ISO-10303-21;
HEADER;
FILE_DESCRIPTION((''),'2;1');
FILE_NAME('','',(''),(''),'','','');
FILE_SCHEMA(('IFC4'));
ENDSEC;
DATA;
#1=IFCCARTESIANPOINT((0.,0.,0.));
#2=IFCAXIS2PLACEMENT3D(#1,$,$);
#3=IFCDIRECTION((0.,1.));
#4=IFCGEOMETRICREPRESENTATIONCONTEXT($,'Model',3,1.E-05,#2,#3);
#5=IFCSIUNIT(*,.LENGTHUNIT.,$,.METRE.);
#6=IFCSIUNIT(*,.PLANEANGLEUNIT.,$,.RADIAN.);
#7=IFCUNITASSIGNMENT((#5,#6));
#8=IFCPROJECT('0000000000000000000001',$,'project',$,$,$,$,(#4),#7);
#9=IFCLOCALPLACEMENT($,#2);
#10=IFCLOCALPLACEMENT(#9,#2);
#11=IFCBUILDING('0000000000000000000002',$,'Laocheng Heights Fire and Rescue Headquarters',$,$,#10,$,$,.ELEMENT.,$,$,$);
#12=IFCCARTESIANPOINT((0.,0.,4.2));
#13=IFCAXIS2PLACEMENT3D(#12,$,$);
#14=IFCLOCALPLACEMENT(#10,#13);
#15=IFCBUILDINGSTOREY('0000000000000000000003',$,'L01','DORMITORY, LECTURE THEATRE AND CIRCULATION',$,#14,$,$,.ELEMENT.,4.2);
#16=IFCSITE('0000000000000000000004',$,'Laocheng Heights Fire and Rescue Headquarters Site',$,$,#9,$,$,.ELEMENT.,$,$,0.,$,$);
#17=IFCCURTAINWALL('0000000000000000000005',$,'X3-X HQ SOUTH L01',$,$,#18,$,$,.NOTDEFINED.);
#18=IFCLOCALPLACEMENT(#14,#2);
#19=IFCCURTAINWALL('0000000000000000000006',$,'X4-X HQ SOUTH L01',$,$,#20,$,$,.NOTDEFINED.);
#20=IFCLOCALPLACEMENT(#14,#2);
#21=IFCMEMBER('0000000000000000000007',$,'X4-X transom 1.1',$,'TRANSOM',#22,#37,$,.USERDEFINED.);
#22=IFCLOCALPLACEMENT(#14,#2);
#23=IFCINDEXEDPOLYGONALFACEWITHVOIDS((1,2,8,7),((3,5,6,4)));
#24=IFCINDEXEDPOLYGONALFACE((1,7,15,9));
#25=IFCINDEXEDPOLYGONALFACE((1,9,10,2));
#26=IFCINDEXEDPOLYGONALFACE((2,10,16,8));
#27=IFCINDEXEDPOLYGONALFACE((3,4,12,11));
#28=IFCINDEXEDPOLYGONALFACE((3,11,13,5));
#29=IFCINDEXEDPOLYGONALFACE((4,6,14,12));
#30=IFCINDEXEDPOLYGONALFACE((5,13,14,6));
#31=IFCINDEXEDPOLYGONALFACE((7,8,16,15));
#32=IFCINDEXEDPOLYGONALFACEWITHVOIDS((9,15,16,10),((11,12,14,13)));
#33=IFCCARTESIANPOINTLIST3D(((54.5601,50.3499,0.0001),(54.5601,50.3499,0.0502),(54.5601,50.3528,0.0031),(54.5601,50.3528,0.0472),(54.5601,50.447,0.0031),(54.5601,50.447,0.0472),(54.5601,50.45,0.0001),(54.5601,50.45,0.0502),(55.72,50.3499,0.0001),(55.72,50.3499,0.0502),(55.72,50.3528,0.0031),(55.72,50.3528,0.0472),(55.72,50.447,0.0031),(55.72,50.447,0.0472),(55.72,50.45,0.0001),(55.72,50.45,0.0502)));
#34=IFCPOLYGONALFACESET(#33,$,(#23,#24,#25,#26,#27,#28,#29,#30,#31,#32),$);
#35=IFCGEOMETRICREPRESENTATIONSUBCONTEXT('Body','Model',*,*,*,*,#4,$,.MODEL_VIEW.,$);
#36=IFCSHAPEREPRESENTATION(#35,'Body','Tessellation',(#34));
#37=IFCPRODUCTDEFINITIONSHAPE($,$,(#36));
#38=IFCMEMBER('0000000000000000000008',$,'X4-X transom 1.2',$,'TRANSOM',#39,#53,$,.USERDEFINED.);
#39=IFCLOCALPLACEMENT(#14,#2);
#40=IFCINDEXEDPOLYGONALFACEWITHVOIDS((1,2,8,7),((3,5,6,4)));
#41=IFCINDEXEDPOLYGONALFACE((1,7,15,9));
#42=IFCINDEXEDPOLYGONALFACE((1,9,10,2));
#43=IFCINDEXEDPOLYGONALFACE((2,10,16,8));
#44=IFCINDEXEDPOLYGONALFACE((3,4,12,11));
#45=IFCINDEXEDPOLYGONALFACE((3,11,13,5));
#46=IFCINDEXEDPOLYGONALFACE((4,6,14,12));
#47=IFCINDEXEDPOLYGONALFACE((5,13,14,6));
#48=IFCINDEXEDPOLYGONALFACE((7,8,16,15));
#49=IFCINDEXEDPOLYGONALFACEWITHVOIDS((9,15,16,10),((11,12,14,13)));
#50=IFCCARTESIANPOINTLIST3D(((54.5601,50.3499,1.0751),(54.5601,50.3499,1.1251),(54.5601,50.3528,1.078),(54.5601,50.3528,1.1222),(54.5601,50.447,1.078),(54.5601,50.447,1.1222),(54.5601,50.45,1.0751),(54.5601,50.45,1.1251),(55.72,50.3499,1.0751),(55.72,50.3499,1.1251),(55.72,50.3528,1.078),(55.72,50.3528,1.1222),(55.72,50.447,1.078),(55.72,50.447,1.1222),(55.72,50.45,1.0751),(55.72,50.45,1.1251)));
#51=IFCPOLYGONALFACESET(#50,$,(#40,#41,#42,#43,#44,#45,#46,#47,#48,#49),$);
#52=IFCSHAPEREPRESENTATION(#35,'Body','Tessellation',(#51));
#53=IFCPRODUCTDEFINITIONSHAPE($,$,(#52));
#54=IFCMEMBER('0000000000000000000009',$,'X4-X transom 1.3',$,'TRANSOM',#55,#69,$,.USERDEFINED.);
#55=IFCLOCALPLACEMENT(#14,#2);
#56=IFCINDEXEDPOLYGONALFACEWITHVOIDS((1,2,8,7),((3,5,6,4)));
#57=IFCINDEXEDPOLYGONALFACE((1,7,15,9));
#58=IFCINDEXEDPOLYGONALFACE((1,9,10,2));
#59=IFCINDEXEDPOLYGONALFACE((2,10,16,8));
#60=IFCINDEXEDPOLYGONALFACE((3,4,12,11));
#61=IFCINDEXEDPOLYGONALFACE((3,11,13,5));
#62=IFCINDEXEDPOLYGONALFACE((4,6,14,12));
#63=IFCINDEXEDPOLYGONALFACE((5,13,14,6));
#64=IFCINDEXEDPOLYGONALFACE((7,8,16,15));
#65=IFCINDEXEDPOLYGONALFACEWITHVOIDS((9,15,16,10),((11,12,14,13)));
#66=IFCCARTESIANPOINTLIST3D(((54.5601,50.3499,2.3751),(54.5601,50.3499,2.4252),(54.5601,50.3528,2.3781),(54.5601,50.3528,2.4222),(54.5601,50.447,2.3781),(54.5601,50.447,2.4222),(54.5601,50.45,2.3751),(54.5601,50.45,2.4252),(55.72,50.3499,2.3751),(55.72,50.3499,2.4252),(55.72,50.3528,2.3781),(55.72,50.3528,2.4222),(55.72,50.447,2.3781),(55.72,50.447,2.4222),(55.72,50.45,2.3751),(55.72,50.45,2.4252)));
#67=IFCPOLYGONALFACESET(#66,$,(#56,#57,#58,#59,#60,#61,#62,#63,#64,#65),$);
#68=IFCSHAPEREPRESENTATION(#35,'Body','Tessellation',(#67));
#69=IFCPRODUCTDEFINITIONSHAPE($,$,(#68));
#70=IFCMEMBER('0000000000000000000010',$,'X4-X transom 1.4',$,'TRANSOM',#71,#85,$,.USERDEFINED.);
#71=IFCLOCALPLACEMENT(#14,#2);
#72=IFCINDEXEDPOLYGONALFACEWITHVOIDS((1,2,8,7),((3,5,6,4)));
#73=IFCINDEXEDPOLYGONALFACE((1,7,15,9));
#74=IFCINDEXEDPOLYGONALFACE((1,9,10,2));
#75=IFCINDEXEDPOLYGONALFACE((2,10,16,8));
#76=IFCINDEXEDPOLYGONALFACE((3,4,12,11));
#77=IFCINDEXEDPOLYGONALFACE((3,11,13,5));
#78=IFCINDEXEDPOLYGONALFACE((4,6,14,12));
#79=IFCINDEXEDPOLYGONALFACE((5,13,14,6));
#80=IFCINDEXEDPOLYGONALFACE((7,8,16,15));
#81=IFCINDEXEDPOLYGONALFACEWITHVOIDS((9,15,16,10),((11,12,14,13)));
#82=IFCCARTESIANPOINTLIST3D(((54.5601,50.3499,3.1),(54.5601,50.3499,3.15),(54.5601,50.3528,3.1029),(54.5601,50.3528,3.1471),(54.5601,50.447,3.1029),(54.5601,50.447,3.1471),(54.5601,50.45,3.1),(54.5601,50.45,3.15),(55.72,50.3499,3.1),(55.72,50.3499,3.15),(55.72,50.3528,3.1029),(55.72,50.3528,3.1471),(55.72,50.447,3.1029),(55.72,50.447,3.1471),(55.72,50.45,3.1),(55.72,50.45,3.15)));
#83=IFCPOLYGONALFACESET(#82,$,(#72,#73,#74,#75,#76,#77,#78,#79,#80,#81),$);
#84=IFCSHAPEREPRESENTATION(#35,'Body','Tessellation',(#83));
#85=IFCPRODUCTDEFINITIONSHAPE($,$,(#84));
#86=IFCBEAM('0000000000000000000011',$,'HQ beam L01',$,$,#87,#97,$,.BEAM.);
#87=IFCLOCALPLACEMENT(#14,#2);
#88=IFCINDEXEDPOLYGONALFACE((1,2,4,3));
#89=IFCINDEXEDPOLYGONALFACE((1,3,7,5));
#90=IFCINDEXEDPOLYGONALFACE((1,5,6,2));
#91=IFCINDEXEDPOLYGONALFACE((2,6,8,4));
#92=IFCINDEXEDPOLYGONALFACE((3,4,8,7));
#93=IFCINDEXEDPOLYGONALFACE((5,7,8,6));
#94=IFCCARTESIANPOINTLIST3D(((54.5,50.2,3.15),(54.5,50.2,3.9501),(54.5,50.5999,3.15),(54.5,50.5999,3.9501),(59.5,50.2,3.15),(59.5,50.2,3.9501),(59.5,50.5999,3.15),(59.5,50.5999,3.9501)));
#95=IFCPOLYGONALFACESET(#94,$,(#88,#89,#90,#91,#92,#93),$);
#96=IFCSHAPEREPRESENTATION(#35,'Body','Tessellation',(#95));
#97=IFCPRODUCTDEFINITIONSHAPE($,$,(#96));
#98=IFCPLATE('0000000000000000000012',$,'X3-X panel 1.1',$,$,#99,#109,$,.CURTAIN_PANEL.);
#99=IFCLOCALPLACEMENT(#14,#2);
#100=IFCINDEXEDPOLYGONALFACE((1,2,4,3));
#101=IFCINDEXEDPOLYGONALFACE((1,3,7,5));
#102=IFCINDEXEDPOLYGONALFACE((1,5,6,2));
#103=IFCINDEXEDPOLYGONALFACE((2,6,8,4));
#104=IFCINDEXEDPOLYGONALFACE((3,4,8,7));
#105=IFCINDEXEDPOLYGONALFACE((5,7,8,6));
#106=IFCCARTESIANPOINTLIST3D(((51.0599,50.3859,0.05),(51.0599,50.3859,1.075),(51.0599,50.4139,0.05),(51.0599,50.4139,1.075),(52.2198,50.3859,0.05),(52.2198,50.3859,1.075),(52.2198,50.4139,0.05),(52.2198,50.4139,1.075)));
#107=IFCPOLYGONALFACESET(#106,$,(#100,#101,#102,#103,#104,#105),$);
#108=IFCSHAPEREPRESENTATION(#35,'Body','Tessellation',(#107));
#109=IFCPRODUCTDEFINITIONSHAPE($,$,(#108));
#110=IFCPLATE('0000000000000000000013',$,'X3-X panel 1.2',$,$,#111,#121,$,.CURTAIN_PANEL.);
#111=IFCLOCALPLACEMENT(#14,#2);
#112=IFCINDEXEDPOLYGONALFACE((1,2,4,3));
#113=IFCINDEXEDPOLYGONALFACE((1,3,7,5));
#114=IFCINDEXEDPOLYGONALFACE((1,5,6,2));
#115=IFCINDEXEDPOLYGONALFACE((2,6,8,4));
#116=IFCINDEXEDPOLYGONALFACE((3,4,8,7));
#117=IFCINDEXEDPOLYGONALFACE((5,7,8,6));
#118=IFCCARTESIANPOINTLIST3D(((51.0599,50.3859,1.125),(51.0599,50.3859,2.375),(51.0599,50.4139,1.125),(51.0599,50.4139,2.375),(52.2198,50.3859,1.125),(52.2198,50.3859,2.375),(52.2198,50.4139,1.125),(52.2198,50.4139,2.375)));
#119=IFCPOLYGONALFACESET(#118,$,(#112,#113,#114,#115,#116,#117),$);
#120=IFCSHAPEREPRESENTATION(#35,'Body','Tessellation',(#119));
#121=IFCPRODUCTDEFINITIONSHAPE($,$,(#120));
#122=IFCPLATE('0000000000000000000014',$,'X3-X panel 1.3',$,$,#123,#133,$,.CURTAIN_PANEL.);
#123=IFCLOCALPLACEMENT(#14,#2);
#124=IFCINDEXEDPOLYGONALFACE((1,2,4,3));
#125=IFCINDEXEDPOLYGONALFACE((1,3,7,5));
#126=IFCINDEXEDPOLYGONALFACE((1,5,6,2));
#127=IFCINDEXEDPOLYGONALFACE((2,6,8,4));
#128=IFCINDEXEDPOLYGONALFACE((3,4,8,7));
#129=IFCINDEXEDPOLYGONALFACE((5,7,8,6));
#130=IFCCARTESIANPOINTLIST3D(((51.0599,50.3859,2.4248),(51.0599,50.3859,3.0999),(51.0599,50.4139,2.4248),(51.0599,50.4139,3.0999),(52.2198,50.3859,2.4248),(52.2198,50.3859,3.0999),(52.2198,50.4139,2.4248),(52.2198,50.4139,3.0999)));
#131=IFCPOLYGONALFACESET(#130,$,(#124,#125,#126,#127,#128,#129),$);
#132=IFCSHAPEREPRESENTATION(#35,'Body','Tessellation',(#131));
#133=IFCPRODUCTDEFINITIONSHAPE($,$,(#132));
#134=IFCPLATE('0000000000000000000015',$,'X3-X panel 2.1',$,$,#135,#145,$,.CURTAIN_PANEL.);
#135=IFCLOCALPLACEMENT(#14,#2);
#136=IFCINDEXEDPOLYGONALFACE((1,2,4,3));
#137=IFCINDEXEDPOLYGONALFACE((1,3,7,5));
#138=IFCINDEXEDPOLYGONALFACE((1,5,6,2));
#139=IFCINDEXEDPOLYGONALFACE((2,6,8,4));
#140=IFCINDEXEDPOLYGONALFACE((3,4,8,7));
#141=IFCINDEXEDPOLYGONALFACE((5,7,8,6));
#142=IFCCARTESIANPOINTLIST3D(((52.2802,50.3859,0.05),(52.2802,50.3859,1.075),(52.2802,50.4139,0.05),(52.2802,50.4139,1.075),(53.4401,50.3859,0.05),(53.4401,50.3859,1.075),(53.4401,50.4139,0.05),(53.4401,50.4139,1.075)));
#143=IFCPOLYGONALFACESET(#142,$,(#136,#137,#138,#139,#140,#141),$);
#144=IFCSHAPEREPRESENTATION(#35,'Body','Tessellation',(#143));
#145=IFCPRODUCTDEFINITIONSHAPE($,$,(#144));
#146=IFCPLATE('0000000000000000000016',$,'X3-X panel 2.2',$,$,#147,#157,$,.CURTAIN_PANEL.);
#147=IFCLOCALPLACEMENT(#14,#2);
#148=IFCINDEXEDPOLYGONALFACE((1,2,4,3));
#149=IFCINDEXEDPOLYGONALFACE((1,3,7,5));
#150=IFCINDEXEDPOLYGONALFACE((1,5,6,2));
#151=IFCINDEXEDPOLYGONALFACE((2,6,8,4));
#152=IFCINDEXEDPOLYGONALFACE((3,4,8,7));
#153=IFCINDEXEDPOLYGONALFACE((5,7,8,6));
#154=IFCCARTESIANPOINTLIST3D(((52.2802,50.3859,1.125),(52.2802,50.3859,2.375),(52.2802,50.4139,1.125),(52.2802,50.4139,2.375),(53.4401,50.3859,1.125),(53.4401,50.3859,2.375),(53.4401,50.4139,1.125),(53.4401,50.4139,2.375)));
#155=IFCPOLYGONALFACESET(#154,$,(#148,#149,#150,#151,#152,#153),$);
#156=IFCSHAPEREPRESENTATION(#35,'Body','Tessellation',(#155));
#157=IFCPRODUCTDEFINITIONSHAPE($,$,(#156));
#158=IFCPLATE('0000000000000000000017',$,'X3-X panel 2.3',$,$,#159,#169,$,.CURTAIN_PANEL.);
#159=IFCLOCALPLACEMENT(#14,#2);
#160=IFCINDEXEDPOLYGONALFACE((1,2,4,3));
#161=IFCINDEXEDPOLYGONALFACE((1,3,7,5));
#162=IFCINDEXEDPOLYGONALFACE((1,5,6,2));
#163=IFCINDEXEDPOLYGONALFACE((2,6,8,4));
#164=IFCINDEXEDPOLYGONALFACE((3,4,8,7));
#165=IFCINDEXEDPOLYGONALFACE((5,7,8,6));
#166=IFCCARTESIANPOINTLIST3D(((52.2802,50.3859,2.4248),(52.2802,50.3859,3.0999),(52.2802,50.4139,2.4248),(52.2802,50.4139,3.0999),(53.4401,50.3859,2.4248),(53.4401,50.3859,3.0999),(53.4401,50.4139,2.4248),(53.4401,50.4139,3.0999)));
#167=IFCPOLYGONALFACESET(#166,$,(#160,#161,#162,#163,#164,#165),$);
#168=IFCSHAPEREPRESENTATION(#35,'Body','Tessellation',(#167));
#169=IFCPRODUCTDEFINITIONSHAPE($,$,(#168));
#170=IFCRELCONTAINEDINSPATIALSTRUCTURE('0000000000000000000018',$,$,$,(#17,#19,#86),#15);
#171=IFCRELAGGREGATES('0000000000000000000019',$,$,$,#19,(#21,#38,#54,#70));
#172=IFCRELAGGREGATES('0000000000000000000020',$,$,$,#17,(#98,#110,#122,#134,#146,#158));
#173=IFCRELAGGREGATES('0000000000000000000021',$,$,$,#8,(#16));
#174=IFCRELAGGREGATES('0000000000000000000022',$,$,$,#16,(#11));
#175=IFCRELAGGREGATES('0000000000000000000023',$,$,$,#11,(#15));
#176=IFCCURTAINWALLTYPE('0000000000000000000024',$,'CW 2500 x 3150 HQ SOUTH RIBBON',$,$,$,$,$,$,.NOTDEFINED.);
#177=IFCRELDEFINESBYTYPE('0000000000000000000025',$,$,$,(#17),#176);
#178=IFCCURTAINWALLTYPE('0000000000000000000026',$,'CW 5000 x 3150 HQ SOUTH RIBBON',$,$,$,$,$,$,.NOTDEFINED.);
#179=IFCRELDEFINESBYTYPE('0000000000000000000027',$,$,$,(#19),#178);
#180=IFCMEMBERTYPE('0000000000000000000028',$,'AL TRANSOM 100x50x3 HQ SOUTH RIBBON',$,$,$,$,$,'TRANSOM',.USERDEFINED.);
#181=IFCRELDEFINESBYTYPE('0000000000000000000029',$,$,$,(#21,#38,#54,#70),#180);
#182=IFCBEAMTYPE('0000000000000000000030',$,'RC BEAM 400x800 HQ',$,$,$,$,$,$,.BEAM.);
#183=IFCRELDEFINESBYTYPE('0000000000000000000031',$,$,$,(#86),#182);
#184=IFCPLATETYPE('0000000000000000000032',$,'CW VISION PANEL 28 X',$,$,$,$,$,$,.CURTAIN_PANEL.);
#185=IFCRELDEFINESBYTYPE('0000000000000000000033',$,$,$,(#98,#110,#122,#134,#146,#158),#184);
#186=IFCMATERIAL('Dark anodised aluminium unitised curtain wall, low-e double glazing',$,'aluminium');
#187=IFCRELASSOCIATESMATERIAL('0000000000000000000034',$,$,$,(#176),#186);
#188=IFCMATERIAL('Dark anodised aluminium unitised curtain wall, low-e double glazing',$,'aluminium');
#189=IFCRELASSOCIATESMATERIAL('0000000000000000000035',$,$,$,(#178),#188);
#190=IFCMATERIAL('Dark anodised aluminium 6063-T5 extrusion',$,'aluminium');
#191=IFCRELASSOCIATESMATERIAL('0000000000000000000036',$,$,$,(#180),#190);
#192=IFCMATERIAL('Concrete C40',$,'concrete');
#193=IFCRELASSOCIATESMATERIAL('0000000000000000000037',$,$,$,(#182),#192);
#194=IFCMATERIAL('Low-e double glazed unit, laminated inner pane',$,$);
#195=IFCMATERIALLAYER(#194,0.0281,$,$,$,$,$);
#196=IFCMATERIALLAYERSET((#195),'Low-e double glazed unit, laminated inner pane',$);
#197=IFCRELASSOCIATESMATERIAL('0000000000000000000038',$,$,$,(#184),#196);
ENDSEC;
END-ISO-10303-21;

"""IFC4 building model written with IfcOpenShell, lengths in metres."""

from ifc_helpers import new_model, si_unit, direction, frame, origin, origin_2d, place, context, subcontext, project, spatial, rectangle, hollow_rectangle, extrude, material, layer, layer_set, material_profile, profile_set, type_object, element, aggregate, save


model = new_model("IFC4")

# Units and contexts
model_context = context("Model", 3, precision=1e-05, world=origin(), true_north=direction((0.0, 1.0)))
body_context = subcontext(model_context, "Body", "Model", "MODEL_VIEW")
ifc_project = project(units=[si_unit("LENGTHUNIT", "METRE"), si_unit("PLANEANGLEUNIT", "RADIAN")], contexts=[model_context])

# Site, building, storey
site_placement = place(None, origin())
site = spatial("IfcSite", under=ifc_project, at=site_placement, Name="Laocheng Heights Fire and Rescue Headquarters Site", CompositionType="ELEMENT", RefElevation=0.0)
building_placement = place(site_placement, origin())
building = spatial("IfcBuilding", under=site, at=building_placement, Name="Laocheng Heights Fire and Rescue Headquarters", CompositionType="ELEMENT")
storey_placement = place(building_placement, frame((0.0, 0.0, 4.2)))
storey = spatial("IfcBuildingStorey", under=building, at=storey_placement, Name="L01", Description="DORMITORY, LECTURE THEATRE AND CIRCULATION", CompositionType="ELEMENT", Elevation=4.2)

# Curtain wall
ifc_material_1 = material(Name="Dark anodised aluminium unitised curtain wall, low-e double glazing", Category="aluminium")
curtain_wall_type_1 = type_object("IfcCurtainWallType", Name="CW 2500 x 3150 HQ SOUTH RIBBON", PredefinedType="NOTDEFINED", material=ifc_material_1)
curtain_wall_1_placement = place(storey_placement, origin())
curtain_wall_1 = element("IfcCurtainWall", 1, at=curtain_wall_1_placement, inside=storey, type_object=curtain_wall_type_1, Name="X3-X HQ SOUTH L01", PredefinedType="NOTDEFINED")

# Curtain wall
ifc_material_2 = material(Name="Dark anodised aluminium unitised curtain wall, low-e double glazing", Category="aluminium")
curtain_wall_type_2 = type_object("IfcCurtainWallType", Name="CW 5000 x 3150 HQ SOUTH RIBBON", PredefinedType="NOTDEFINED", material=ifc_material_2)
curtain_wall_2_placement = place(storey_placement, origin())
curtain_wall_2 = element("IfcCurtainWall", 2, at=curtain_wall_2_placement, inside=storey, type_object=curtain_wall_type_2, Name="X4-X HQ SOUTH L01", PredefinedType="NOTDEFINED")

# Members
ifc_material_3 = material(Name="Dark anodised aluminium 6063-T5 extrusion", Category="aluminium")
ifc_material_profile_1 = material_profile(ifc_material_3, hollow_rectangle(XDim=0.1001, YDim=0.05, WallThickness=0.0029, at=origin_2d()), Name="AL TRANSOM 100x50x3 HQ SOUTH RIBBON")
ifc_profile_set_1 = profile_set([ifc_material_profile_1], Name="Dark anodised aluminium 6063-T5 extrusion")
member_type_1 = type_object("IfcMemberType", Name="AL TRANSOM 100x50x3 HQ SOUTH RIBBON", ElementType="TRANSOM", PredefinedType="USERDEFINED", material=ifc_profile_set_1)
member_1_placement = place(storey_placement, frame((54.5601, 50.3999, 0.0251), z_axis=(1.0, 0.0, 0.0), x_axis=(0.0, 1.0, 0.0)))
member_1 = element("IfcMember", 3, at=member_1_placement, type_object=member_type_1, Name="X4-X transom 1.1", ObjectType="TRANSOM", PredefinedType="USERDEFINED", context=body_context, shape_type="SweptSolid", body=[
    extrude(hollow_rectangle(XDim=0.1001, YDim=0.05, WallThickness=0.0029, at=origin_2d()), origin(), (0.0, 0.0, 1.0), 1.1599),
])
member_2_placement = place(storey_placement, frame((54.5601, 50.3999, 1.1001), z_axis=(1.0, 0.0, 0.0), x_axis=(0.0, 1.0, 0.0)))
member_2 = element("IfcMember", 4, at=member_2_placement, type_object=member_type_1, Name="X4-X transom 1.2", ObjectType="TRANSOM", PredefinedType="USERDEFINED", context=body_context, shape_type="SweptSolid", body=[
    extrude(hollow_rectangle(XDim=0.1001, YDim=0.05, WallThickness=0.0029, at=origin_2d()), origin(), (0.0, 0.0, 1.0), 1.1599),
])
member_3_placement = place(storey_placement, frame((54.5601, 50.3999, 2.4001), z_axis=(1.0, 0.0, 0.0), x_axis=(0.0, 1.0, 0.0)))
member_3 = element("IfcMember", 5, at=member_3_placement, type_object=member_type_1, Name="X4-X transom 1.3", ObjectType="TRANSOM", PredefinedType="USERDEFINED", context=body_context, shape_type="SweptSolid", body=[
    extrude(hollow_rectangle(XDim=0.1001, YDim=0.05, WallThickness=0.0029, at=origin_2d()), origin(), (0.0, 0.0, 1.0), 1.1599),
])
member_4_placement = place(storey_placement, frame((54.5601, 50.3999, 3.125), z_axis=(1.0, 0.0, 0.0), x_axis=(0.0, 1.0, 0.0)))
member_4 = element("IfcMember", 6, at=member_4_placement, type_object=member_type_1, Name="X4-X transom 1.4", ObjectType="TRANSOM", PredefinedType="USERDEFINED", context=body_context, shape_type="SweptSolid", body=[
    extrude(hollow_rectangle(XDim=0.1001, YDim=0.05, WallThickness=0.0029, at=origin_2d()), origin(), (0.0, 0.0, 1.0), 1.1599),
])
aggregate(curtain_wall_2, [member_1, member_2, member_3, member_4])

# Beam
ifc_material_4 = material(Name="Concrete C40", Category="concrete")
ifc_material_profile_2 = material_profile(ifc_material_4, rectangle(XDim=0.3999, YDim=0.8, at=origin_2d()), Name="RC BEAM 400x800 HQ")
ifc_profile_set_2 = profile_set([ifc_material_profile_2], Name="Concrete C40")
beam_type = type_object("IfcBeamType", Name="RC BEAM 400x800 HQ", PredefinedType="BEAM", material=ifc_profile_set_2)
beam_placement = place(storey_placement, frame((54.5, 50.3999, 3.55), z_axis=(1.0, 0.0, 0.0), x_axis=(0.0, 1.0, 0.0)))
element("IfcBeam", 7, at=beam_placement, inside=storey, type_object=beam_type, Name="HQ beam L01", PredefinedType="BEAM", context=body_context, shape_type="SweptSolid", body=[
    extrude(rectangle(XDim=0.3999, YDim=0.8, at=origin_2d()), origin(), (0.0, 0.0, 1.0), 5.0),
])

# Plates
ifc_material_5 = material(Name="Low-e double glazed unit, laminated inner pane")
ifc_layer = layer(ifc_material_5, 0.0281)
ifc_layer_set = layer_set([ifc_layer], Name="Low-e double glazed unit, laminated inner pane")
plate_type = type_object("IfcPlateType", Name="CW VISION PANEL 28 X", PredefinedType="CURTAIN_PANEL", material=ifc_layer_set)
plate_1_placement = place(storey_placement, frame((51.6399, 50.3999, 0.05), z_axis=(0.0, 0.0, 1.0), x_axis=(1.0, 0.0, 0.0)))
plate_1 = element("IfcPlate", 8, at=plate_1_placement, type_object=plate_type, Name="X3-X panel 1.1", PredefinedType="CURTAIN_PANEL", context=body_context, shape_type="SweptSolid", body=[
    extrude(rectangle(XDim=1.1599, YDim=0.0281, at=origin_2d()), origin(), (0.0, 0.0, 1.0), 1.0249),
])
plate_2_placement = place(storey_placement, frame((51.6399, 50.3999, 1.125), z_axis=(0.0, 0.0, 1.0), x_axis=(1.0, 0.0, 0.0)))
plate_2 = element("IfcPlate", 9, at=plate_2_placement, type_object=plate_type, Name="X3-X panel 1.2", PredefinedType="CURTAIN_PANEL", context=body_context, shape_type="SweptSolid", body=[
    extrude(rectangle(XDim=1.1599, YDim=0.0281, at=origin_2d()), origin(), (0.0, 0.0, 1.0), 1.25),
])
plate_3_placement = place(storey_placement, frame((51.6399, 50.3999, 2.4248), z_axis=(0.0, 0.0, 1.0), x_axis=(1.0, 0.0, 0.0)))
plate_3 = element("IfcPlate", 10, at=plate_3_placement, type_object=plate_type, Name="X3-X panel 1.3", PredefinedType="CURTAIN_PANEL", context=body_context, shape_type="SweptSolid", body=[
    extrude(rectangle(XDim=1.1599, YDim=0.0281, at=origin_2d()), origin(), (0.0, 0.0, 1.0), 0.675),
])
plate_4_placement = place(storey_placement, frame((52.8601, 50.3999, 0.05), z_axis=(0.0, 0.0, 1.0), x_axis=(1.0, 0.0, 0.0)))
plate_4 = element("IfcPlate", 11, at=plate_4_placement, type_object=plate_type, Name="X3-X panel 2.1", PredefinedType="CURTAIN_PANEL", context=body_context, shape_type="SweptSolid", body=[
    extrude(rectangle(XDim=1.1599, YDim=0.0281, at=origin_2d()), origin(), (0.0, 0.0, 1.0), 1.0249),
])
plate_5_placement = place(storey_placement, frame((52.8601, 50.3999, 1.125), z_axis=(0.0, 0.0, 1.0), x_axis=(1.0, 0.0, 0.0)))
plate_5 = element("IfcPlate", 12, at=plate_5_placement, type_object=plate_type, Name="X3-X panel 2.2", PredefinedType="CURTAIN_PANEL", context=body_context, shape_type="SweptSolid", body=[
    extrude(rectangle(XDim=1.1599, YDim=0.0281, at=origin_2d()), origin(), (0.0, 0.0, 1.0), 1.25),
])
plate_6_placement = place(storey_placement, frame((52.8601, 50.3999, 2.4248), z_axis=(0.0, 0.0, 1.0), x_axis=(1.0, 0.0, 0.0)))
plate_6 = element("IfcPlate", 13, at=plate_6_placement, type_object=plate_type, Name="X3-X panel 2.3", PredefinedType="CURTAIN_PANEL", context=body_context, shape_type="SweptSolid", body=[
    extrude(rectangle(XDim=1.1599, YDim=0.0281, at=origin_2d()), origin(), (0.0, 0.0, 1.0), 0.675),
])
aggregate(curtain_wall_1, [plate_1, plate_2, plate_3, plate_4, plate_5, plate_6])

save(model, "model.ifc")
